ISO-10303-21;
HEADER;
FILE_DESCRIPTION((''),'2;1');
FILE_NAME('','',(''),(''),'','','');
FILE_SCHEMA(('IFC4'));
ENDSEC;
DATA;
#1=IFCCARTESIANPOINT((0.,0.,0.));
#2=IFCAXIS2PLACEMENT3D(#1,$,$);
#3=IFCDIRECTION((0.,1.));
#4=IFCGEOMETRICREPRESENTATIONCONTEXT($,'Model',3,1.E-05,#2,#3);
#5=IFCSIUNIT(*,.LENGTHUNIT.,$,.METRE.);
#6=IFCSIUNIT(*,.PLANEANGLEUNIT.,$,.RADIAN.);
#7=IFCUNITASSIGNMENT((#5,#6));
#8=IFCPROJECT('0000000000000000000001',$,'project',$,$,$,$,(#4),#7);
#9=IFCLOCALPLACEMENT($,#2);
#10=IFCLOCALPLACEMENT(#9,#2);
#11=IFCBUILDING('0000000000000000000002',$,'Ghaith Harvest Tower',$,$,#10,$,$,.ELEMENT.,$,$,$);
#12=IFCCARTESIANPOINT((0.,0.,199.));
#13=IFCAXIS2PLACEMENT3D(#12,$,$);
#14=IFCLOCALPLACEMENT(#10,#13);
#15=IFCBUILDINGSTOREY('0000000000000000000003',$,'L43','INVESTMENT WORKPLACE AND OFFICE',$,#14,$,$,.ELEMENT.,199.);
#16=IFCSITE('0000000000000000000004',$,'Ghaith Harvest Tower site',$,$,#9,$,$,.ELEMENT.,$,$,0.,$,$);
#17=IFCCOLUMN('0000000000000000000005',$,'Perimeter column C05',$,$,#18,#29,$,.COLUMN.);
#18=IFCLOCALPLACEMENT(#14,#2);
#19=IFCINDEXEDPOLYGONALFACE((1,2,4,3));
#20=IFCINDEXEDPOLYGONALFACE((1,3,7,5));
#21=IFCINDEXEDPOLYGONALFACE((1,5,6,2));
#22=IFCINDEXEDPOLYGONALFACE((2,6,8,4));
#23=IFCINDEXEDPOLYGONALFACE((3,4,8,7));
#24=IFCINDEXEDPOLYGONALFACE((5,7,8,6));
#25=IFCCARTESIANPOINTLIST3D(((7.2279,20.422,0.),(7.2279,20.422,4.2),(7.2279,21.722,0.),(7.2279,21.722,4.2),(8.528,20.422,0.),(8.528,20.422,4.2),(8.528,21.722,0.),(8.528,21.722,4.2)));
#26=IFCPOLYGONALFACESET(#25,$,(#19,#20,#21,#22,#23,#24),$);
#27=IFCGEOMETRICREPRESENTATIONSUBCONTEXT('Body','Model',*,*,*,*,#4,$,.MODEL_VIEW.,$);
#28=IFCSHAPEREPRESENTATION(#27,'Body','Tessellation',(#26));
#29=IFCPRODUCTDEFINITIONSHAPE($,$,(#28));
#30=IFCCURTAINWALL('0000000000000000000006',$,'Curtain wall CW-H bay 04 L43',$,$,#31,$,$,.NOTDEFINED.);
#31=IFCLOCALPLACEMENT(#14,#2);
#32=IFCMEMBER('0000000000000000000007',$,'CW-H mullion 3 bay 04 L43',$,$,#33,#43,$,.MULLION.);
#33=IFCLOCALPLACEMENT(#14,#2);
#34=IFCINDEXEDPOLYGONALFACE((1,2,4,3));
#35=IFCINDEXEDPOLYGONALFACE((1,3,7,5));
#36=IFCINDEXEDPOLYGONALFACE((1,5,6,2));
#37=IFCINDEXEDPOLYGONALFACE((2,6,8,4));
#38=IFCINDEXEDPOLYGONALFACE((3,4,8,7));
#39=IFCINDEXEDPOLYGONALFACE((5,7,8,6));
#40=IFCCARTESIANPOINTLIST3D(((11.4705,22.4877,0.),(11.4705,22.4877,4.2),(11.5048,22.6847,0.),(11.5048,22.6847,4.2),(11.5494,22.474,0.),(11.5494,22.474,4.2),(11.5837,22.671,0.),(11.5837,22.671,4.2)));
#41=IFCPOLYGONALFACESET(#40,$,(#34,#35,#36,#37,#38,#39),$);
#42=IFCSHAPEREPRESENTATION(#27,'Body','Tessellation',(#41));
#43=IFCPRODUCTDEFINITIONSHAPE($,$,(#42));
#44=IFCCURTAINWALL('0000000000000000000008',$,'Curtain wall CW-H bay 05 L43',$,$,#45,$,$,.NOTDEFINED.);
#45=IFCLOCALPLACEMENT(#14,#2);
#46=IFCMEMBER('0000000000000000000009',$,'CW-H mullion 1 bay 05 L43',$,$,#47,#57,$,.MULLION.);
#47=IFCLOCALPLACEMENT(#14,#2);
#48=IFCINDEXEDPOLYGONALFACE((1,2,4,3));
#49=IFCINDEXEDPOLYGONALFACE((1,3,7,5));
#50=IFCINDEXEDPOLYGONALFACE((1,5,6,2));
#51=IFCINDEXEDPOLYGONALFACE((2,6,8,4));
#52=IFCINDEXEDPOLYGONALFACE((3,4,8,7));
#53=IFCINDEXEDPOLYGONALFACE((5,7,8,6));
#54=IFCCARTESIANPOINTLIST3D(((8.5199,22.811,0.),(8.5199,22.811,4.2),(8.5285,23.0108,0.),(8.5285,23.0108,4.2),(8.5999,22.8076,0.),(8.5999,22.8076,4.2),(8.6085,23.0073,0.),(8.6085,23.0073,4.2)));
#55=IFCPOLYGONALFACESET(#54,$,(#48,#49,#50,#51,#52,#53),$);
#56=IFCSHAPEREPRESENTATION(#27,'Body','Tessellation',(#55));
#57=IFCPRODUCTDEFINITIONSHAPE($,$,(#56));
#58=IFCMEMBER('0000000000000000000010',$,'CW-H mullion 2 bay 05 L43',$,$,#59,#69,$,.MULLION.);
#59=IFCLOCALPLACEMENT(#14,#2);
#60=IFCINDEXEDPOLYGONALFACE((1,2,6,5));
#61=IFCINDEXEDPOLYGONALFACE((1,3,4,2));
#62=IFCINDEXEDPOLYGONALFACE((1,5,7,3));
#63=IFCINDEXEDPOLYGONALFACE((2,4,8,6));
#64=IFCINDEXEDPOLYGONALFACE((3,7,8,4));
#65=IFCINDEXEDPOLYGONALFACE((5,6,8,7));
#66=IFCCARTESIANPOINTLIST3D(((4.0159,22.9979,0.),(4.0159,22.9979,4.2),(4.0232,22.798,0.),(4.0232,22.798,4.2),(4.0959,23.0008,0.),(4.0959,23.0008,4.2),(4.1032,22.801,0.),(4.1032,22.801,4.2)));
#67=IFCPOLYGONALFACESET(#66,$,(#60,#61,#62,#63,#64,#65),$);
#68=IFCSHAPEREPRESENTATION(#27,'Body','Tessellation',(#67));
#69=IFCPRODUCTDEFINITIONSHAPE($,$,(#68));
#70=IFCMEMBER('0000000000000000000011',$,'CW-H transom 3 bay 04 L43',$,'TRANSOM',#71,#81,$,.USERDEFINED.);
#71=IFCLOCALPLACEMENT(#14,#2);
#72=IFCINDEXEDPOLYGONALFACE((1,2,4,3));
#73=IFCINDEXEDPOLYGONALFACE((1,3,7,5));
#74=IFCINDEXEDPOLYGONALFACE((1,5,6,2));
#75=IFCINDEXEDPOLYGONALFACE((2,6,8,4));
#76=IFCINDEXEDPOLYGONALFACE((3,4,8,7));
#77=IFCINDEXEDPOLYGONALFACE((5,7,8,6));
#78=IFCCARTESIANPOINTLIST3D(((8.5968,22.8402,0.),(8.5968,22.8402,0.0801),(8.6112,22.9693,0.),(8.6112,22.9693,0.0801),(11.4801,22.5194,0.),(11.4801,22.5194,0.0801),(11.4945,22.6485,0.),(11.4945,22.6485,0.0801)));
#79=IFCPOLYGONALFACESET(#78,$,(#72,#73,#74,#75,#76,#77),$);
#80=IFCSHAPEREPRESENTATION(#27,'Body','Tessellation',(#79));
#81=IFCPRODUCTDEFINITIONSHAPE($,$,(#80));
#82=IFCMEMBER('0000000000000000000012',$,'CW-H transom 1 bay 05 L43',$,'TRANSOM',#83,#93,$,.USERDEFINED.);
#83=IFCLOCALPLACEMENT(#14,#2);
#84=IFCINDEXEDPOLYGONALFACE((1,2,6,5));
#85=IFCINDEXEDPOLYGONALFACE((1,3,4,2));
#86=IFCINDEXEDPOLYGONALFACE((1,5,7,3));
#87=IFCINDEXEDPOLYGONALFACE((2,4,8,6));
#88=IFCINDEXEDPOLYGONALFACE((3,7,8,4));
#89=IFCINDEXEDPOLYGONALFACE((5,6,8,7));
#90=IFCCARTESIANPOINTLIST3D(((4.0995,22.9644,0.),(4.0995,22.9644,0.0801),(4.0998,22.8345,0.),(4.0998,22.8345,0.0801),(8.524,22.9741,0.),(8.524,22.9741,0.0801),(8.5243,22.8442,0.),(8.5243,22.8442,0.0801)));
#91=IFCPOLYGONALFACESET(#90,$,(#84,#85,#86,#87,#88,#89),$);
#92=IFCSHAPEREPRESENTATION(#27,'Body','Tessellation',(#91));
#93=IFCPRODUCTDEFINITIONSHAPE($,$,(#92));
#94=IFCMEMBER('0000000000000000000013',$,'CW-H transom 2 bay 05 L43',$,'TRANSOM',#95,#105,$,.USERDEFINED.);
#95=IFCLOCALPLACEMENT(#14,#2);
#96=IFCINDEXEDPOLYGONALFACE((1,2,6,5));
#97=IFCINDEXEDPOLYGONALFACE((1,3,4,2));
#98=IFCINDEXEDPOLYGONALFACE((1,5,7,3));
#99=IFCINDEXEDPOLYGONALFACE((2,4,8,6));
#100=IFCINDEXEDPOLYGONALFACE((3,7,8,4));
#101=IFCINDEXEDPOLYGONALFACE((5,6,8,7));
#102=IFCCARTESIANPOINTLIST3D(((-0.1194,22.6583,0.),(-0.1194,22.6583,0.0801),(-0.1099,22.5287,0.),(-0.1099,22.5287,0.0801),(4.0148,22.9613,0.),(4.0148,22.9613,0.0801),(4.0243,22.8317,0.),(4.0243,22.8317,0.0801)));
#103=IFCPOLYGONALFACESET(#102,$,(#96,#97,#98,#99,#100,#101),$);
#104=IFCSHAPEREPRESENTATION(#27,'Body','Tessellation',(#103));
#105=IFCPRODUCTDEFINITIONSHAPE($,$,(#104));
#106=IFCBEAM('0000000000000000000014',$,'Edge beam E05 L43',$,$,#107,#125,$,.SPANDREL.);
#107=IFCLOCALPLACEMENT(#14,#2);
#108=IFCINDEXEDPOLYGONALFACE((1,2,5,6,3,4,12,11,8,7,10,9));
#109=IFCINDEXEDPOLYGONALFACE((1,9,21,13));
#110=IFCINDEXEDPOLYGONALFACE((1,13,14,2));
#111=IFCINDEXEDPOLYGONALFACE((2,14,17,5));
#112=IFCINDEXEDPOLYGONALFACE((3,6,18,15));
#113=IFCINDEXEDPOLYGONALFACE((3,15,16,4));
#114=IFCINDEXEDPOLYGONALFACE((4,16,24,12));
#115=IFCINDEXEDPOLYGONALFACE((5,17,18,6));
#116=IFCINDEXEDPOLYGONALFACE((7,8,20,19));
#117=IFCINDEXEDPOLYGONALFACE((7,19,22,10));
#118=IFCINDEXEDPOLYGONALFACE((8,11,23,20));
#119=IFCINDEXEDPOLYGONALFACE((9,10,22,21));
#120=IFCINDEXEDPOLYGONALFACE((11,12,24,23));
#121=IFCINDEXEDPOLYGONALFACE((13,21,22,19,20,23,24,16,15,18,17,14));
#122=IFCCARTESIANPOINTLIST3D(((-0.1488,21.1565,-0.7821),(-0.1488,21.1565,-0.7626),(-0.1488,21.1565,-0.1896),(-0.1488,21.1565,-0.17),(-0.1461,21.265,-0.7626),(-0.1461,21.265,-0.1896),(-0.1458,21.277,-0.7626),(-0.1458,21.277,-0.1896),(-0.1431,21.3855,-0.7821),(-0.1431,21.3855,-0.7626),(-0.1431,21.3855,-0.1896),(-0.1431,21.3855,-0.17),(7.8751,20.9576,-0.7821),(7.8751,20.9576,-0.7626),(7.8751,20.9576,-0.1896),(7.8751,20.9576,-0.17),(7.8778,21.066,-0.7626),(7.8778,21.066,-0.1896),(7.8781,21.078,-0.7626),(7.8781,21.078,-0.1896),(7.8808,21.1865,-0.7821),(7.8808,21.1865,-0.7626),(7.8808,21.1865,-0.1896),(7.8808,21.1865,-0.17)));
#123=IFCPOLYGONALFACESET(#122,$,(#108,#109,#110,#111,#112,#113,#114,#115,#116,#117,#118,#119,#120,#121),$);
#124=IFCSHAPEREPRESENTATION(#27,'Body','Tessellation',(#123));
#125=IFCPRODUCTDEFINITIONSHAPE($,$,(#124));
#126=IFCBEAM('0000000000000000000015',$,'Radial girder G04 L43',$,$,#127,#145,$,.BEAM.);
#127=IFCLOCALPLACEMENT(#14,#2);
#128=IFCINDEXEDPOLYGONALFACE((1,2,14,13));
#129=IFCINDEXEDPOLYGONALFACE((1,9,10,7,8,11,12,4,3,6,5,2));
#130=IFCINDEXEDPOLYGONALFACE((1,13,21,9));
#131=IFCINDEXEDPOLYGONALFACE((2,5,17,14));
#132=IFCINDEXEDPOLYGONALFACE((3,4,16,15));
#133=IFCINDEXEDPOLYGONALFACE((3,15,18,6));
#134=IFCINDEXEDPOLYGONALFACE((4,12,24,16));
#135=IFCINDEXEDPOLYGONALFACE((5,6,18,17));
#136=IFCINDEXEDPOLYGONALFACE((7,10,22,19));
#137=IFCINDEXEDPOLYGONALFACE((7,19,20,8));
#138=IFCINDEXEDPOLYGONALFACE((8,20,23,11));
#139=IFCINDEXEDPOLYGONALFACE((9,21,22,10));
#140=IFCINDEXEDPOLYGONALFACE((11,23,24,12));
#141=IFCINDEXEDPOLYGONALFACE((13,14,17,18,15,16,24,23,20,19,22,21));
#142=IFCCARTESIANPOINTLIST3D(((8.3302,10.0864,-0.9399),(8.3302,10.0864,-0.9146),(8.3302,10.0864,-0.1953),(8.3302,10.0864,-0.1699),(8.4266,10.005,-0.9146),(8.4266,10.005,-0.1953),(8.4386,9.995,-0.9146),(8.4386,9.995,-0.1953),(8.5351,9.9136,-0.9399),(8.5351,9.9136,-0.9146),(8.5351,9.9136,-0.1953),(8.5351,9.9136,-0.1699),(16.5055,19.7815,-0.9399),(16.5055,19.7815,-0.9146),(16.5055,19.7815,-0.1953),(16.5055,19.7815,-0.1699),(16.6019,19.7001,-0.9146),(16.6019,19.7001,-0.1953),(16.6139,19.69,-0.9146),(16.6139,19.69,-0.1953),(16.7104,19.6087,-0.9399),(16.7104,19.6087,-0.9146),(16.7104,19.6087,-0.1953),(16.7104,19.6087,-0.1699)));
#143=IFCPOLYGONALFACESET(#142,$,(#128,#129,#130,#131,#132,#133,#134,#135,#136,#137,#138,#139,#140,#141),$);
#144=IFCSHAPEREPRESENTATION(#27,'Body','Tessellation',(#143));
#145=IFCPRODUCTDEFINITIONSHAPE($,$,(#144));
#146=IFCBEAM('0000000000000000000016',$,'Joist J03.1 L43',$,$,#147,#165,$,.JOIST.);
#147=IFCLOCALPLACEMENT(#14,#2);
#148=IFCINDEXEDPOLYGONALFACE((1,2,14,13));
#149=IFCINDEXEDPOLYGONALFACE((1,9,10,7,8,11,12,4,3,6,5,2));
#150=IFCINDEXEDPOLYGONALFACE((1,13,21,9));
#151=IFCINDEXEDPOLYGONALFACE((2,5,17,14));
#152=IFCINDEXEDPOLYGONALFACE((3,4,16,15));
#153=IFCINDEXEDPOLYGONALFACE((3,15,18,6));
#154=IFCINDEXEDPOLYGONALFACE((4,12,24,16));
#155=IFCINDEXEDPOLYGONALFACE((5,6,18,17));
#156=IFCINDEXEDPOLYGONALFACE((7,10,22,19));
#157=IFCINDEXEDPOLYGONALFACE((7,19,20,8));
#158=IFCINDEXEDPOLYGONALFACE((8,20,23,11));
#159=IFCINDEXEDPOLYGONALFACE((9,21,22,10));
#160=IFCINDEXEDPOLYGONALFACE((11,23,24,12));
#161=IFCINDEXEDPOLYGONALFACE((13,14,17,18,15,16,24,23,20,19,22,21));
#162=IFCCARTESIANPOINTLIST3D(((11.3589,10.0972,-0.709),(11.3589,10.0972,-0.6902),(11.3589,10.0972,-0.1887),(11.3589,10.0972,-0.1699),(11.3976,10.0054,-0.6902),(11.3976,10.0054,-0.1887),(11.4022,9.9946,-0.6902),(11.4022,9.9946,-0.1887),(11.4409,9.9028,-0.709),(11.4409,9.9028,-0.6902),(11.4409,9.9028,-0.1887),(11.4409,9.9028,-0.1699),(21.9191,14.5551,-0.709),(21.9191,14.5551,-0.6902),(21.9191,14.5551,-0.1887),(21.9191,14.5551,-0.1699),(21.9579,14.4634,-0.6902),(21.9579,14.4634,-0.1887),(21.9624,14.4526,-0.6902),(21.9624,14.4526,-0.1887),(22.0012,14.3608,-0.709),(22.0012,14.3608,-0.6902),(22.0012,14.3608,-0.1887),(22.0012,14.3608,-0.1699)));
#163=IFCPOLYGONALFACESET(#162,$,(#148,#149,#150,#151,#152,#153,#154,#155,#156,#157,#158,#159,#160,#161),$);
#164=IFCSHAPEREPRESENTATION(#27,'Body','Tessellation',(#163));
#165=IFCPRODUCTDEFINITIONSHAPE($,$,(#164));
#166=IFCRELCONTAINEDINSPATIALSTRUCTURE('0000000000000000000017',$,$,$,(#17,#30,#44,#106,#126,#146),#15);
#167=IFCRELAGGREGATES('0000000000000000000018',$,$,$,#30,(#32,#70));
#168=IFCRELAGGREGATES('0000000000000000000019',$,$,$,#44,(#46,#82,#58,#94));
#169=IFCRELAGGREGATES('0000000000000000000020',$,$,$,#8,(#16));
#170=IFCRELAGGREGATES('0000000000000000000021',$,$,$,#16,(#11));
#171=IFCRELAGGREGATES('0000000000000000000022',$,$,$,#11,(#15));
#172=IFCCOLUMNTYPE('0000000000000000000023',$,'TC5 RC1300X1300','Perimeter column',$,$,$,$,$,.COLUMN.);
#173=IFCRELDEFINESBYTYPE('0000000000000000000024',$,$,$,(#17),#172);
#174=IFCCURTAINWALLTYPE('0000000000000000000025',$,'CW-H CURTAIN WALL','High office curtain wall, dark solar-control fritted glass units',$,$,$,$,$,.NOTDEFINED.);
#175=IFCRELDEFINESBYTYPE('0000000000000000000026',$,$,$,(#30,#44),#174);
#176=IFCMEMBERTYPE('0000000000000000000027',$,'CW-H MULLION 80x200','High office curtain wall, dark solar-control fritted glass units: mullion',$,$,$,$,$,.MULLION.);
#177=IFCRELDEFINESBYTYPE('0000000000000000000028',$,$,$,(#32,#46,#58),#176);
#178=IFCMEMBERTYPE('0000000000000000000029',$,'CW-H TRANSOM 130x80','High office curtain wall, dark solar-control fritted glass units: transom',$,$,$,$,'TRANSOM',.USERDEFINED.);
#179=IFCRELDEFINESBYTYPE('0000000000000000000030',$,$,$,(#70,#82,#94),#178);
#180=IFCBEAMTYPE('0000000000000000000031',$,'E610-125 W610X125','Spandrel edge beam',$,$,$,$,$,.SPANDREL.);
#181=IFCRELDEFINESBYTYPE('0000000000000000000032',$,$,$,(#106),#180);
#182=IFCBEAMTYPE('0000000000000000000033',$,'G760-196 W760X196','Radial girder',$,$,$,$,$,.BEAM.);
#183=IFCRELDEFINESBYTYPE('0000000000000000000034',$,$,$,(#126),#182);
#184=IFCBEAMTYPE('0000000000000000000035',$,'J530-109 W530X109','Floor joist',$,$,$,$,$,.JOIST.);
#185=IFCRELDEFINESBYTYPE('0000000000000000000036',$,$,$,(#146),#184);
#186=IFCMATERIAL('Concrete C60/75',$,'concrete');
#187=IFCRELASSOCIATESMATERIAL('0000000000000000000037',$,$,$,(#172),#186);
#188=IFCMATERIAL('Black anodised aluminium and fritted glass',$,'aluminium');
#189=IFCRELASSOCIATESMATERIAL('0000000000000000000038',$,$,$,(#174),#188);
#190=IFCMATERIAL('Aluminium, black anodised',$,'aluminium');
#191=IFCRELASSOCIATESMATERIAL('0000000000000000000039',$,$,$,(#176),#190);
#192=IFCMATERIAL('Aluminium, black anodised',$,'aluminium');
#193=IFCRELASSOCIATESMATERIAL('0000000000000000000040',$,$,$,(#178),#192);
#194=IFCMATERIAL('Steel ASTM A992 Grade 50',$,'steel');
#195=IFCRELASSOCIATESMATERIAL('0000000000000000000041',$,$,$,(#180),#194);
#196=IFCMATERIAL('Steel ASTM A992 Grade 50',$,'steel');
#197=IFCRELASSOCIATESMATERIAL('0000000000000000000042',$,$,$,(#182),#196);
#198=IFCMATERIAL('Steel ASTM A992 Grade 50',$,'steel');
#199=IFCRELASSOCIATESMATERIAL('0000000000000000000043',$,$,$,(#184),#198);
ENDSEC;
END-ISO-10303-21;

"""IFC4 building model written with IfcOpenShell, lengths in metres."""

from ifc_helpers import new_model, si_unit, direction, frame, origin, origin_2d, place, context, subcontext, project, spatial, rectangle, i_section, extrude, material, material_profile, profile_set, type_object, element, aggregate, save


model = new_model("IFC4")

# Units and contexts
model_context = context("Model", 3, precision=1e-05, world=origin(), true_north=direction((0.0, 1.0)))
body_context = subcontext(model_context, "Body", "Model", "MODEL_VIEW")
ifc_project = project(units=[si_unit("LENGTHUNIT", "METRE"), si_unit("PLANEANGLEUNIT", "RADIAN")], contexts=[model_context])

# Site, building, storey
site_placement = place(None, origin())
site = spatial("IfcSite", under=ifc_project, at=site_placement, Name="Ghaith Harvest Tower site", CompositionType="ELEMENT", RefElevation=0.0)
building_placement = place(site_placement, origin())
building = spatial("IfcBuilding", under=site, at=building_placement, Name="Ghaith Harvest Tower", CompositionType="ELEMENT")
storey_placement = place(building_placement, frame((0.0, 0.0, 199.0)))
storey = spatial("IfcBuildingStorey", under=building, at=storey_placement, Name="L43", Description="INVESTMENT WORKPLACE AND OFFICE", CompositionType="ELEMENT", Elevation=199.0)

# Column
ifc_material_1 = material(Name="Concrete C60/75", Category="concrete")
ifc_material_profile_1 = material_profile(ifc_material_1, rectangle(XDim=1.3, YDim=1.3, at=origin_2d()), Name="RC1300X1300")
ifc_profile_set_1 = profile_set([ifc_material_profile_1], Name="Concrete C60/75")
column_type = type_object("IfcColumnType", Name="TC5 RC1300X1300", Description="Perimeter column", PredefinedType="COLUMN", material=ifc_profile_set_1)
column_placement = place(storey_placement, frame((7.8779, 21.072, 0.0), z_axis=(0.0, 0.0, 1.0), x_axis=(1.0, 0.0, 0.0)))
element("IfcColumn", 1, at=column_placement, inside=storey, type_object=column_type, Name="Perimeter column C05", PredefinedType="COLUMN", context=body_context, shape_type="SweptSolid", body=[
    extrude(rectangle(XDim=1.3, YDim=1.3, at=origin_2d()), origin(), (0.0, 0.0, 1.0), 4.2),
])

# Curtain wall, member
ifc_material_2 = material(Name="Black anodised aluminium and fritted glass", Category="aluminium")
curtain_wall_type = type_object("IfcCurtainWallType", Name="CW-H CURTAIN WALL", Description="High office curtain wall, dark solar-control fritted glass units", PredefinedType="NOTDEFINED", material=ifc_material_2)
curtain_wall_1_placement = place(storey_placement, origin())
curtain_wall_1 = element("IfcCurtainWall", 2, at=curtain_wall_1_placement, inside=storey, type_object=curtain_wall_type, Name="Curtain wall CW-H bay 04 L43", PredefinedType="NOTDEFINED")
ifc_material_3 = material(Name="Aluminium, black anodised", Category="aluminium")
ifc_material_profile_2 = material_profile(ifc_material_3, rectangle(XDim=0.0801, YDim=0.2, at=origin_2d()), Name="CW-H MULLION 80x200")
ifc_profile_set_2 = profile_set([ifc_material_profile_2], Name="Aluminium, black anodised")
member_type_1 = type_object("IfcMemberType", Name="CW-H MULLION 80x200", Description="High office curtain wall, dark solar-control fritted glass units: mullion", PredefinedType="MULLION", material=ifc_profile_set_2)
member_1_placement = place(storey_placement, frame((11.5271, 22.5793, 0.0), z_axis=(0.0, 0.0, 1.0), x_axis=(-0.985193, 0.171447, 0.0)))
member_1 = element("IfcMember", 3, at=member_1_placement, type_object=member_type_1, Name="CW-H mullion 3 bay 04 L43", PredefinedType="MULLION", context=body_context, shape_type="SweptSolid", body=[
    extrude(rectangle(XDim=0.0801, YDim=0.2, at=origin_2d()), origin(), (0.0, 0.0, 1.0), 4.2),
])

# Curtain wall, members
curtain_wall_2_placement = place(storey_placement, origin())
curtain_wall_2 = element("IfcCurtainWall", 4, at=curtain_wall_2_placement, inside=storey, type_object=curtain_wall_type, Name="Curtain wall CW-H bay 05 L43", PredefinedType="NOTDEFINED")
member_2_placement = place(storey_placement, frame((8.5642, 22.9092, 0.0), z_axis=(0.0, 0.0, 1.0), x_axis=(-0.999084, 0.042803, 0.0)))
member_2 = element("IfcMember", 5, at=member_2_placement, type_object=member_type_1, Name="CW-H mullion 1 bay 05 L43", PredefinedType="MULLION", context=body_context, shape_type="SweptSolid", body=[
    extrude(rectangle(XDim=0.0801, YDim=0.2, at=origin_2d()), origin(), (0.0, 0.0, 1.0), 4.2),
])
member_3_placement = place(storey_placement, frame((4.0596, 22.8994, 0.0), z_axis=(0.0, 0.0, 1.0), x_axis=(-0.999333, -0.036524, 0.0)))
member_3 = element("IfcMember", 6, at=member_3_placement, type_object=member_type_1, Name="CW-H mullion 2 bay 05 L43", PredefinedType="MULLION", context=body_context, shape_type="SweptSolid", body=[
    extrude(rectangle(XDim=0.0801, YDim=0.2, at=origin_2d()), origin(), (0.0, 0.0, 1.0), 4.2),
])

# Members
ifc_material_4 = material(Name="Aluminium, black anodised", Category="aluminium")
ifc_material_profile_3 = material_profile(ifc_material_4, rectangle(XDim=0.1299, YDim=0.0801, at=origin_2d()), Name="CW-H TRANSOM 130x80")
ifc_profile_set_3 = profile_set([ifc_material_profile_3], Name="Aluminium, black anodised")
member_type_2 = type_object("IfcMemberType", Name="CW-H TRANSOM 130x80", Description="High office curtain wall, dark solar-control fritted glass units: transom", ElementType="TRANSOM", PredefinedType="USERDEFINED", material=ifc_profile_set_3)
member_4_placement = place(storey_placement, frame((11.4873, 22.584, 0.04), z_axis=(-0.993867, 0.110579, 0.0), x_axis=(-0.110579, -0.993867, 0.0)))
member_4 = element("IfcMember", 7, at=member_4_placement, type_object=member_type_2, Name="CW-H transom 3 bay 04 L43", ObjectType="TRANSOM", PredefinedType="USERDEFINED", context=body_context, shape_type="SweptSolid", body=[
    extrude(rectangle(XDim=0.1299, YDim=0.0801, at=origin_2d()), origin(), (0.0, 0.0, 1.0), 2.9011),
])
member_5_placement = place(storey_placement, frame((8.5242, 22.9092, 0.04), z_axis=(-0.999998, -0.002207, 0.0), x_axis=(0.002207, -0.999998, 0.0)))
member_5 = element("IfcMember", 8, at=member_5_placement, type_object=member_type_2, Name="CW-H transom 1 bay 05 L43", ObjectType="TRANSOM", PredefinedType="USERDEFINED", context=body_context, shape_type="SweptSolid", body=[
    extrude(rectangle(XDim=0.1299, YDim=0.0801, at=origin_2d()), origin(), (0.0, 0.0, 1.0), 4.4246),
])
member_6_placement = place(storey_placement, frame((4.0195, 22.8965, 0.04), z_axis=(-0.997325, -0.073089, 0.0), x_axis=(0.073089, -0.997325, 0.0)))
member_6 = element("IfcMember", 9, at=member_6_placement, type_object=member_type_2, Name="CW-H transom 2 bay 05 L43", ObjectType="TRANSOM", PredefinedType="USERDEFINED", context=body_context, shape_type="SweptSolid", body=[
    extrude(rectangle(XDim=0.1299, YDim=0.0801, at=origin_2d()), origin(), (0.0, 0.0, 1.0), 4.1453),
])

# Beams
ifc_material_5 = material(Name="Steel ASTM A992 Grade 50", Category="steel")
ifc_material_profile_4 = material_profile(ifc_material_5, i_section(OverallWidth=0.229, OverallDepth=0.6121, WebThickness=0.012, FlangeThickness=0.0195, at=origin_2d()), Name="W610X125")
ifc_profile_set_4 = profile_set([ifc_material_profile_4], Name="Steel ASTM A992 Grade 50")
beam_type_1 = type_object("IfcBeamType", Name="E610-125 W610X125", Description="Spandrel edge beam", PredefinedType="SPANDREL", material=ifc_profile_set_4)
beam_1_placement = place(storey_placement, frame((7.8779, 21.072, -0.4761), z_axis=(-0.999693, 0.02479, 0.0), x_axis=(-0.02479, -0.999693, 0.0)))
element("IfcBeam", 10, at=beam_1_placement, inside=storey, type_object=beam_type_1, Name="Edge beam E05 L43", PredefinedType="SPANDREL", context=body_context, shape_type="SweptSolid", body=[
    extrude(i_section(OverallWidth=0.229, OverallDepth=0.6121, WebThickness=0.012, FlangeThickness=0.0195, at=origin_2d()), origin(), (0.0, 0.0, 1.0), 8.0264),
])
ifc_material_6 = material(Name="Steel ASTM A992 Grade 50", Category="steel")
ifc_material_profile_5 = material_profile(ifc_material_6, i_section(OverallWidth=0.2681, OverallDepth=0.77, WebThickness=0.0156, FlangeThickness=0.0254, at=origin_2d()), Name="W760X196")
ifc_profile_set_5 = profile_set([ifc_material_profile_5], Name="Steel ASTM A992 Grade 50")
beam_type_2 = type_object("IfcBeamType", Name="G760-196 W760X196", Description="Radial girder", PredefinedType="BEAM", material=ifc_profile_set_5)
beam_2_placement = place(storey_placement, frame((8.4326, 10.0, -0.5549), z_axis=(0.644644, 0.764483, 0.0), x_axis=(-0.764483, 0.644644, 0.0)))
element("IfcBeam", 11, at=beam_2_placement, inside=storey, type_object=beam_type_2, Name="Radial girder G04 L43", PredefinedType="BEAM", context=body_context, shape_type="SweptSolid", body=[
    extrude(i_section(OverallWidth=0.2681, OverallDepth=0.77, WebThickness=0.0156, FlangeThickness=0.0254, at=origin_2d()), origin(), (0.0, 0.0, 1.0), 12.6819),
])
ifc_material_7 = material(Name="Steel ASTM A992 Grade 50", Category="steel")
ifc_material_profile_6 = material_profile(ifc_material_7, i_section(OverallWidth=0.2109, OverallDepth=0.5391, WebThickness=0.0117, FlangeThickness=0.0188, at=origin_2d()), Name="W530X109")
ifc_profile_set_6 = profile_set([ifc_material_profile_6], Name="Steel ASTM A992 Grade 50")
beam_type_3 = type_object("IfcBeamType", Name="J530-109 W530X109", Description="Floor joist", PredefinedType="JOIST", material=ifc_profile_set_6)
beam_3_placement = place(storey_placement, frame((11.3999, 10.0, -0.4395), z_axis=(0.921274, 0.388914, 0.0), x_axis=(-0.388914, 0.921274, 0.0)))
element("IfcBeam", 12, at=beam_3_placement, inside=storey, type_object=beam_type_3, Name="Joist J03.1 L43", PredefinedType="JOIST", context=body_context, shape_type="SweptSolid", body=[
    extrude(i_section(OverallWidth=0.2109, OverallDepth=0.5391, WebThickness=0.0117, FlangeThickness=0.0188, at=origin_2d()), origin(), (0.0, 0.0, 1.0), 11.4626),
])

aggregate(curtain_wall_1, [member_1, member_4])
aggregate(curtain_wall_2, [member_2, member_5, member_3, member_6])

save(model, "model.ifc")
